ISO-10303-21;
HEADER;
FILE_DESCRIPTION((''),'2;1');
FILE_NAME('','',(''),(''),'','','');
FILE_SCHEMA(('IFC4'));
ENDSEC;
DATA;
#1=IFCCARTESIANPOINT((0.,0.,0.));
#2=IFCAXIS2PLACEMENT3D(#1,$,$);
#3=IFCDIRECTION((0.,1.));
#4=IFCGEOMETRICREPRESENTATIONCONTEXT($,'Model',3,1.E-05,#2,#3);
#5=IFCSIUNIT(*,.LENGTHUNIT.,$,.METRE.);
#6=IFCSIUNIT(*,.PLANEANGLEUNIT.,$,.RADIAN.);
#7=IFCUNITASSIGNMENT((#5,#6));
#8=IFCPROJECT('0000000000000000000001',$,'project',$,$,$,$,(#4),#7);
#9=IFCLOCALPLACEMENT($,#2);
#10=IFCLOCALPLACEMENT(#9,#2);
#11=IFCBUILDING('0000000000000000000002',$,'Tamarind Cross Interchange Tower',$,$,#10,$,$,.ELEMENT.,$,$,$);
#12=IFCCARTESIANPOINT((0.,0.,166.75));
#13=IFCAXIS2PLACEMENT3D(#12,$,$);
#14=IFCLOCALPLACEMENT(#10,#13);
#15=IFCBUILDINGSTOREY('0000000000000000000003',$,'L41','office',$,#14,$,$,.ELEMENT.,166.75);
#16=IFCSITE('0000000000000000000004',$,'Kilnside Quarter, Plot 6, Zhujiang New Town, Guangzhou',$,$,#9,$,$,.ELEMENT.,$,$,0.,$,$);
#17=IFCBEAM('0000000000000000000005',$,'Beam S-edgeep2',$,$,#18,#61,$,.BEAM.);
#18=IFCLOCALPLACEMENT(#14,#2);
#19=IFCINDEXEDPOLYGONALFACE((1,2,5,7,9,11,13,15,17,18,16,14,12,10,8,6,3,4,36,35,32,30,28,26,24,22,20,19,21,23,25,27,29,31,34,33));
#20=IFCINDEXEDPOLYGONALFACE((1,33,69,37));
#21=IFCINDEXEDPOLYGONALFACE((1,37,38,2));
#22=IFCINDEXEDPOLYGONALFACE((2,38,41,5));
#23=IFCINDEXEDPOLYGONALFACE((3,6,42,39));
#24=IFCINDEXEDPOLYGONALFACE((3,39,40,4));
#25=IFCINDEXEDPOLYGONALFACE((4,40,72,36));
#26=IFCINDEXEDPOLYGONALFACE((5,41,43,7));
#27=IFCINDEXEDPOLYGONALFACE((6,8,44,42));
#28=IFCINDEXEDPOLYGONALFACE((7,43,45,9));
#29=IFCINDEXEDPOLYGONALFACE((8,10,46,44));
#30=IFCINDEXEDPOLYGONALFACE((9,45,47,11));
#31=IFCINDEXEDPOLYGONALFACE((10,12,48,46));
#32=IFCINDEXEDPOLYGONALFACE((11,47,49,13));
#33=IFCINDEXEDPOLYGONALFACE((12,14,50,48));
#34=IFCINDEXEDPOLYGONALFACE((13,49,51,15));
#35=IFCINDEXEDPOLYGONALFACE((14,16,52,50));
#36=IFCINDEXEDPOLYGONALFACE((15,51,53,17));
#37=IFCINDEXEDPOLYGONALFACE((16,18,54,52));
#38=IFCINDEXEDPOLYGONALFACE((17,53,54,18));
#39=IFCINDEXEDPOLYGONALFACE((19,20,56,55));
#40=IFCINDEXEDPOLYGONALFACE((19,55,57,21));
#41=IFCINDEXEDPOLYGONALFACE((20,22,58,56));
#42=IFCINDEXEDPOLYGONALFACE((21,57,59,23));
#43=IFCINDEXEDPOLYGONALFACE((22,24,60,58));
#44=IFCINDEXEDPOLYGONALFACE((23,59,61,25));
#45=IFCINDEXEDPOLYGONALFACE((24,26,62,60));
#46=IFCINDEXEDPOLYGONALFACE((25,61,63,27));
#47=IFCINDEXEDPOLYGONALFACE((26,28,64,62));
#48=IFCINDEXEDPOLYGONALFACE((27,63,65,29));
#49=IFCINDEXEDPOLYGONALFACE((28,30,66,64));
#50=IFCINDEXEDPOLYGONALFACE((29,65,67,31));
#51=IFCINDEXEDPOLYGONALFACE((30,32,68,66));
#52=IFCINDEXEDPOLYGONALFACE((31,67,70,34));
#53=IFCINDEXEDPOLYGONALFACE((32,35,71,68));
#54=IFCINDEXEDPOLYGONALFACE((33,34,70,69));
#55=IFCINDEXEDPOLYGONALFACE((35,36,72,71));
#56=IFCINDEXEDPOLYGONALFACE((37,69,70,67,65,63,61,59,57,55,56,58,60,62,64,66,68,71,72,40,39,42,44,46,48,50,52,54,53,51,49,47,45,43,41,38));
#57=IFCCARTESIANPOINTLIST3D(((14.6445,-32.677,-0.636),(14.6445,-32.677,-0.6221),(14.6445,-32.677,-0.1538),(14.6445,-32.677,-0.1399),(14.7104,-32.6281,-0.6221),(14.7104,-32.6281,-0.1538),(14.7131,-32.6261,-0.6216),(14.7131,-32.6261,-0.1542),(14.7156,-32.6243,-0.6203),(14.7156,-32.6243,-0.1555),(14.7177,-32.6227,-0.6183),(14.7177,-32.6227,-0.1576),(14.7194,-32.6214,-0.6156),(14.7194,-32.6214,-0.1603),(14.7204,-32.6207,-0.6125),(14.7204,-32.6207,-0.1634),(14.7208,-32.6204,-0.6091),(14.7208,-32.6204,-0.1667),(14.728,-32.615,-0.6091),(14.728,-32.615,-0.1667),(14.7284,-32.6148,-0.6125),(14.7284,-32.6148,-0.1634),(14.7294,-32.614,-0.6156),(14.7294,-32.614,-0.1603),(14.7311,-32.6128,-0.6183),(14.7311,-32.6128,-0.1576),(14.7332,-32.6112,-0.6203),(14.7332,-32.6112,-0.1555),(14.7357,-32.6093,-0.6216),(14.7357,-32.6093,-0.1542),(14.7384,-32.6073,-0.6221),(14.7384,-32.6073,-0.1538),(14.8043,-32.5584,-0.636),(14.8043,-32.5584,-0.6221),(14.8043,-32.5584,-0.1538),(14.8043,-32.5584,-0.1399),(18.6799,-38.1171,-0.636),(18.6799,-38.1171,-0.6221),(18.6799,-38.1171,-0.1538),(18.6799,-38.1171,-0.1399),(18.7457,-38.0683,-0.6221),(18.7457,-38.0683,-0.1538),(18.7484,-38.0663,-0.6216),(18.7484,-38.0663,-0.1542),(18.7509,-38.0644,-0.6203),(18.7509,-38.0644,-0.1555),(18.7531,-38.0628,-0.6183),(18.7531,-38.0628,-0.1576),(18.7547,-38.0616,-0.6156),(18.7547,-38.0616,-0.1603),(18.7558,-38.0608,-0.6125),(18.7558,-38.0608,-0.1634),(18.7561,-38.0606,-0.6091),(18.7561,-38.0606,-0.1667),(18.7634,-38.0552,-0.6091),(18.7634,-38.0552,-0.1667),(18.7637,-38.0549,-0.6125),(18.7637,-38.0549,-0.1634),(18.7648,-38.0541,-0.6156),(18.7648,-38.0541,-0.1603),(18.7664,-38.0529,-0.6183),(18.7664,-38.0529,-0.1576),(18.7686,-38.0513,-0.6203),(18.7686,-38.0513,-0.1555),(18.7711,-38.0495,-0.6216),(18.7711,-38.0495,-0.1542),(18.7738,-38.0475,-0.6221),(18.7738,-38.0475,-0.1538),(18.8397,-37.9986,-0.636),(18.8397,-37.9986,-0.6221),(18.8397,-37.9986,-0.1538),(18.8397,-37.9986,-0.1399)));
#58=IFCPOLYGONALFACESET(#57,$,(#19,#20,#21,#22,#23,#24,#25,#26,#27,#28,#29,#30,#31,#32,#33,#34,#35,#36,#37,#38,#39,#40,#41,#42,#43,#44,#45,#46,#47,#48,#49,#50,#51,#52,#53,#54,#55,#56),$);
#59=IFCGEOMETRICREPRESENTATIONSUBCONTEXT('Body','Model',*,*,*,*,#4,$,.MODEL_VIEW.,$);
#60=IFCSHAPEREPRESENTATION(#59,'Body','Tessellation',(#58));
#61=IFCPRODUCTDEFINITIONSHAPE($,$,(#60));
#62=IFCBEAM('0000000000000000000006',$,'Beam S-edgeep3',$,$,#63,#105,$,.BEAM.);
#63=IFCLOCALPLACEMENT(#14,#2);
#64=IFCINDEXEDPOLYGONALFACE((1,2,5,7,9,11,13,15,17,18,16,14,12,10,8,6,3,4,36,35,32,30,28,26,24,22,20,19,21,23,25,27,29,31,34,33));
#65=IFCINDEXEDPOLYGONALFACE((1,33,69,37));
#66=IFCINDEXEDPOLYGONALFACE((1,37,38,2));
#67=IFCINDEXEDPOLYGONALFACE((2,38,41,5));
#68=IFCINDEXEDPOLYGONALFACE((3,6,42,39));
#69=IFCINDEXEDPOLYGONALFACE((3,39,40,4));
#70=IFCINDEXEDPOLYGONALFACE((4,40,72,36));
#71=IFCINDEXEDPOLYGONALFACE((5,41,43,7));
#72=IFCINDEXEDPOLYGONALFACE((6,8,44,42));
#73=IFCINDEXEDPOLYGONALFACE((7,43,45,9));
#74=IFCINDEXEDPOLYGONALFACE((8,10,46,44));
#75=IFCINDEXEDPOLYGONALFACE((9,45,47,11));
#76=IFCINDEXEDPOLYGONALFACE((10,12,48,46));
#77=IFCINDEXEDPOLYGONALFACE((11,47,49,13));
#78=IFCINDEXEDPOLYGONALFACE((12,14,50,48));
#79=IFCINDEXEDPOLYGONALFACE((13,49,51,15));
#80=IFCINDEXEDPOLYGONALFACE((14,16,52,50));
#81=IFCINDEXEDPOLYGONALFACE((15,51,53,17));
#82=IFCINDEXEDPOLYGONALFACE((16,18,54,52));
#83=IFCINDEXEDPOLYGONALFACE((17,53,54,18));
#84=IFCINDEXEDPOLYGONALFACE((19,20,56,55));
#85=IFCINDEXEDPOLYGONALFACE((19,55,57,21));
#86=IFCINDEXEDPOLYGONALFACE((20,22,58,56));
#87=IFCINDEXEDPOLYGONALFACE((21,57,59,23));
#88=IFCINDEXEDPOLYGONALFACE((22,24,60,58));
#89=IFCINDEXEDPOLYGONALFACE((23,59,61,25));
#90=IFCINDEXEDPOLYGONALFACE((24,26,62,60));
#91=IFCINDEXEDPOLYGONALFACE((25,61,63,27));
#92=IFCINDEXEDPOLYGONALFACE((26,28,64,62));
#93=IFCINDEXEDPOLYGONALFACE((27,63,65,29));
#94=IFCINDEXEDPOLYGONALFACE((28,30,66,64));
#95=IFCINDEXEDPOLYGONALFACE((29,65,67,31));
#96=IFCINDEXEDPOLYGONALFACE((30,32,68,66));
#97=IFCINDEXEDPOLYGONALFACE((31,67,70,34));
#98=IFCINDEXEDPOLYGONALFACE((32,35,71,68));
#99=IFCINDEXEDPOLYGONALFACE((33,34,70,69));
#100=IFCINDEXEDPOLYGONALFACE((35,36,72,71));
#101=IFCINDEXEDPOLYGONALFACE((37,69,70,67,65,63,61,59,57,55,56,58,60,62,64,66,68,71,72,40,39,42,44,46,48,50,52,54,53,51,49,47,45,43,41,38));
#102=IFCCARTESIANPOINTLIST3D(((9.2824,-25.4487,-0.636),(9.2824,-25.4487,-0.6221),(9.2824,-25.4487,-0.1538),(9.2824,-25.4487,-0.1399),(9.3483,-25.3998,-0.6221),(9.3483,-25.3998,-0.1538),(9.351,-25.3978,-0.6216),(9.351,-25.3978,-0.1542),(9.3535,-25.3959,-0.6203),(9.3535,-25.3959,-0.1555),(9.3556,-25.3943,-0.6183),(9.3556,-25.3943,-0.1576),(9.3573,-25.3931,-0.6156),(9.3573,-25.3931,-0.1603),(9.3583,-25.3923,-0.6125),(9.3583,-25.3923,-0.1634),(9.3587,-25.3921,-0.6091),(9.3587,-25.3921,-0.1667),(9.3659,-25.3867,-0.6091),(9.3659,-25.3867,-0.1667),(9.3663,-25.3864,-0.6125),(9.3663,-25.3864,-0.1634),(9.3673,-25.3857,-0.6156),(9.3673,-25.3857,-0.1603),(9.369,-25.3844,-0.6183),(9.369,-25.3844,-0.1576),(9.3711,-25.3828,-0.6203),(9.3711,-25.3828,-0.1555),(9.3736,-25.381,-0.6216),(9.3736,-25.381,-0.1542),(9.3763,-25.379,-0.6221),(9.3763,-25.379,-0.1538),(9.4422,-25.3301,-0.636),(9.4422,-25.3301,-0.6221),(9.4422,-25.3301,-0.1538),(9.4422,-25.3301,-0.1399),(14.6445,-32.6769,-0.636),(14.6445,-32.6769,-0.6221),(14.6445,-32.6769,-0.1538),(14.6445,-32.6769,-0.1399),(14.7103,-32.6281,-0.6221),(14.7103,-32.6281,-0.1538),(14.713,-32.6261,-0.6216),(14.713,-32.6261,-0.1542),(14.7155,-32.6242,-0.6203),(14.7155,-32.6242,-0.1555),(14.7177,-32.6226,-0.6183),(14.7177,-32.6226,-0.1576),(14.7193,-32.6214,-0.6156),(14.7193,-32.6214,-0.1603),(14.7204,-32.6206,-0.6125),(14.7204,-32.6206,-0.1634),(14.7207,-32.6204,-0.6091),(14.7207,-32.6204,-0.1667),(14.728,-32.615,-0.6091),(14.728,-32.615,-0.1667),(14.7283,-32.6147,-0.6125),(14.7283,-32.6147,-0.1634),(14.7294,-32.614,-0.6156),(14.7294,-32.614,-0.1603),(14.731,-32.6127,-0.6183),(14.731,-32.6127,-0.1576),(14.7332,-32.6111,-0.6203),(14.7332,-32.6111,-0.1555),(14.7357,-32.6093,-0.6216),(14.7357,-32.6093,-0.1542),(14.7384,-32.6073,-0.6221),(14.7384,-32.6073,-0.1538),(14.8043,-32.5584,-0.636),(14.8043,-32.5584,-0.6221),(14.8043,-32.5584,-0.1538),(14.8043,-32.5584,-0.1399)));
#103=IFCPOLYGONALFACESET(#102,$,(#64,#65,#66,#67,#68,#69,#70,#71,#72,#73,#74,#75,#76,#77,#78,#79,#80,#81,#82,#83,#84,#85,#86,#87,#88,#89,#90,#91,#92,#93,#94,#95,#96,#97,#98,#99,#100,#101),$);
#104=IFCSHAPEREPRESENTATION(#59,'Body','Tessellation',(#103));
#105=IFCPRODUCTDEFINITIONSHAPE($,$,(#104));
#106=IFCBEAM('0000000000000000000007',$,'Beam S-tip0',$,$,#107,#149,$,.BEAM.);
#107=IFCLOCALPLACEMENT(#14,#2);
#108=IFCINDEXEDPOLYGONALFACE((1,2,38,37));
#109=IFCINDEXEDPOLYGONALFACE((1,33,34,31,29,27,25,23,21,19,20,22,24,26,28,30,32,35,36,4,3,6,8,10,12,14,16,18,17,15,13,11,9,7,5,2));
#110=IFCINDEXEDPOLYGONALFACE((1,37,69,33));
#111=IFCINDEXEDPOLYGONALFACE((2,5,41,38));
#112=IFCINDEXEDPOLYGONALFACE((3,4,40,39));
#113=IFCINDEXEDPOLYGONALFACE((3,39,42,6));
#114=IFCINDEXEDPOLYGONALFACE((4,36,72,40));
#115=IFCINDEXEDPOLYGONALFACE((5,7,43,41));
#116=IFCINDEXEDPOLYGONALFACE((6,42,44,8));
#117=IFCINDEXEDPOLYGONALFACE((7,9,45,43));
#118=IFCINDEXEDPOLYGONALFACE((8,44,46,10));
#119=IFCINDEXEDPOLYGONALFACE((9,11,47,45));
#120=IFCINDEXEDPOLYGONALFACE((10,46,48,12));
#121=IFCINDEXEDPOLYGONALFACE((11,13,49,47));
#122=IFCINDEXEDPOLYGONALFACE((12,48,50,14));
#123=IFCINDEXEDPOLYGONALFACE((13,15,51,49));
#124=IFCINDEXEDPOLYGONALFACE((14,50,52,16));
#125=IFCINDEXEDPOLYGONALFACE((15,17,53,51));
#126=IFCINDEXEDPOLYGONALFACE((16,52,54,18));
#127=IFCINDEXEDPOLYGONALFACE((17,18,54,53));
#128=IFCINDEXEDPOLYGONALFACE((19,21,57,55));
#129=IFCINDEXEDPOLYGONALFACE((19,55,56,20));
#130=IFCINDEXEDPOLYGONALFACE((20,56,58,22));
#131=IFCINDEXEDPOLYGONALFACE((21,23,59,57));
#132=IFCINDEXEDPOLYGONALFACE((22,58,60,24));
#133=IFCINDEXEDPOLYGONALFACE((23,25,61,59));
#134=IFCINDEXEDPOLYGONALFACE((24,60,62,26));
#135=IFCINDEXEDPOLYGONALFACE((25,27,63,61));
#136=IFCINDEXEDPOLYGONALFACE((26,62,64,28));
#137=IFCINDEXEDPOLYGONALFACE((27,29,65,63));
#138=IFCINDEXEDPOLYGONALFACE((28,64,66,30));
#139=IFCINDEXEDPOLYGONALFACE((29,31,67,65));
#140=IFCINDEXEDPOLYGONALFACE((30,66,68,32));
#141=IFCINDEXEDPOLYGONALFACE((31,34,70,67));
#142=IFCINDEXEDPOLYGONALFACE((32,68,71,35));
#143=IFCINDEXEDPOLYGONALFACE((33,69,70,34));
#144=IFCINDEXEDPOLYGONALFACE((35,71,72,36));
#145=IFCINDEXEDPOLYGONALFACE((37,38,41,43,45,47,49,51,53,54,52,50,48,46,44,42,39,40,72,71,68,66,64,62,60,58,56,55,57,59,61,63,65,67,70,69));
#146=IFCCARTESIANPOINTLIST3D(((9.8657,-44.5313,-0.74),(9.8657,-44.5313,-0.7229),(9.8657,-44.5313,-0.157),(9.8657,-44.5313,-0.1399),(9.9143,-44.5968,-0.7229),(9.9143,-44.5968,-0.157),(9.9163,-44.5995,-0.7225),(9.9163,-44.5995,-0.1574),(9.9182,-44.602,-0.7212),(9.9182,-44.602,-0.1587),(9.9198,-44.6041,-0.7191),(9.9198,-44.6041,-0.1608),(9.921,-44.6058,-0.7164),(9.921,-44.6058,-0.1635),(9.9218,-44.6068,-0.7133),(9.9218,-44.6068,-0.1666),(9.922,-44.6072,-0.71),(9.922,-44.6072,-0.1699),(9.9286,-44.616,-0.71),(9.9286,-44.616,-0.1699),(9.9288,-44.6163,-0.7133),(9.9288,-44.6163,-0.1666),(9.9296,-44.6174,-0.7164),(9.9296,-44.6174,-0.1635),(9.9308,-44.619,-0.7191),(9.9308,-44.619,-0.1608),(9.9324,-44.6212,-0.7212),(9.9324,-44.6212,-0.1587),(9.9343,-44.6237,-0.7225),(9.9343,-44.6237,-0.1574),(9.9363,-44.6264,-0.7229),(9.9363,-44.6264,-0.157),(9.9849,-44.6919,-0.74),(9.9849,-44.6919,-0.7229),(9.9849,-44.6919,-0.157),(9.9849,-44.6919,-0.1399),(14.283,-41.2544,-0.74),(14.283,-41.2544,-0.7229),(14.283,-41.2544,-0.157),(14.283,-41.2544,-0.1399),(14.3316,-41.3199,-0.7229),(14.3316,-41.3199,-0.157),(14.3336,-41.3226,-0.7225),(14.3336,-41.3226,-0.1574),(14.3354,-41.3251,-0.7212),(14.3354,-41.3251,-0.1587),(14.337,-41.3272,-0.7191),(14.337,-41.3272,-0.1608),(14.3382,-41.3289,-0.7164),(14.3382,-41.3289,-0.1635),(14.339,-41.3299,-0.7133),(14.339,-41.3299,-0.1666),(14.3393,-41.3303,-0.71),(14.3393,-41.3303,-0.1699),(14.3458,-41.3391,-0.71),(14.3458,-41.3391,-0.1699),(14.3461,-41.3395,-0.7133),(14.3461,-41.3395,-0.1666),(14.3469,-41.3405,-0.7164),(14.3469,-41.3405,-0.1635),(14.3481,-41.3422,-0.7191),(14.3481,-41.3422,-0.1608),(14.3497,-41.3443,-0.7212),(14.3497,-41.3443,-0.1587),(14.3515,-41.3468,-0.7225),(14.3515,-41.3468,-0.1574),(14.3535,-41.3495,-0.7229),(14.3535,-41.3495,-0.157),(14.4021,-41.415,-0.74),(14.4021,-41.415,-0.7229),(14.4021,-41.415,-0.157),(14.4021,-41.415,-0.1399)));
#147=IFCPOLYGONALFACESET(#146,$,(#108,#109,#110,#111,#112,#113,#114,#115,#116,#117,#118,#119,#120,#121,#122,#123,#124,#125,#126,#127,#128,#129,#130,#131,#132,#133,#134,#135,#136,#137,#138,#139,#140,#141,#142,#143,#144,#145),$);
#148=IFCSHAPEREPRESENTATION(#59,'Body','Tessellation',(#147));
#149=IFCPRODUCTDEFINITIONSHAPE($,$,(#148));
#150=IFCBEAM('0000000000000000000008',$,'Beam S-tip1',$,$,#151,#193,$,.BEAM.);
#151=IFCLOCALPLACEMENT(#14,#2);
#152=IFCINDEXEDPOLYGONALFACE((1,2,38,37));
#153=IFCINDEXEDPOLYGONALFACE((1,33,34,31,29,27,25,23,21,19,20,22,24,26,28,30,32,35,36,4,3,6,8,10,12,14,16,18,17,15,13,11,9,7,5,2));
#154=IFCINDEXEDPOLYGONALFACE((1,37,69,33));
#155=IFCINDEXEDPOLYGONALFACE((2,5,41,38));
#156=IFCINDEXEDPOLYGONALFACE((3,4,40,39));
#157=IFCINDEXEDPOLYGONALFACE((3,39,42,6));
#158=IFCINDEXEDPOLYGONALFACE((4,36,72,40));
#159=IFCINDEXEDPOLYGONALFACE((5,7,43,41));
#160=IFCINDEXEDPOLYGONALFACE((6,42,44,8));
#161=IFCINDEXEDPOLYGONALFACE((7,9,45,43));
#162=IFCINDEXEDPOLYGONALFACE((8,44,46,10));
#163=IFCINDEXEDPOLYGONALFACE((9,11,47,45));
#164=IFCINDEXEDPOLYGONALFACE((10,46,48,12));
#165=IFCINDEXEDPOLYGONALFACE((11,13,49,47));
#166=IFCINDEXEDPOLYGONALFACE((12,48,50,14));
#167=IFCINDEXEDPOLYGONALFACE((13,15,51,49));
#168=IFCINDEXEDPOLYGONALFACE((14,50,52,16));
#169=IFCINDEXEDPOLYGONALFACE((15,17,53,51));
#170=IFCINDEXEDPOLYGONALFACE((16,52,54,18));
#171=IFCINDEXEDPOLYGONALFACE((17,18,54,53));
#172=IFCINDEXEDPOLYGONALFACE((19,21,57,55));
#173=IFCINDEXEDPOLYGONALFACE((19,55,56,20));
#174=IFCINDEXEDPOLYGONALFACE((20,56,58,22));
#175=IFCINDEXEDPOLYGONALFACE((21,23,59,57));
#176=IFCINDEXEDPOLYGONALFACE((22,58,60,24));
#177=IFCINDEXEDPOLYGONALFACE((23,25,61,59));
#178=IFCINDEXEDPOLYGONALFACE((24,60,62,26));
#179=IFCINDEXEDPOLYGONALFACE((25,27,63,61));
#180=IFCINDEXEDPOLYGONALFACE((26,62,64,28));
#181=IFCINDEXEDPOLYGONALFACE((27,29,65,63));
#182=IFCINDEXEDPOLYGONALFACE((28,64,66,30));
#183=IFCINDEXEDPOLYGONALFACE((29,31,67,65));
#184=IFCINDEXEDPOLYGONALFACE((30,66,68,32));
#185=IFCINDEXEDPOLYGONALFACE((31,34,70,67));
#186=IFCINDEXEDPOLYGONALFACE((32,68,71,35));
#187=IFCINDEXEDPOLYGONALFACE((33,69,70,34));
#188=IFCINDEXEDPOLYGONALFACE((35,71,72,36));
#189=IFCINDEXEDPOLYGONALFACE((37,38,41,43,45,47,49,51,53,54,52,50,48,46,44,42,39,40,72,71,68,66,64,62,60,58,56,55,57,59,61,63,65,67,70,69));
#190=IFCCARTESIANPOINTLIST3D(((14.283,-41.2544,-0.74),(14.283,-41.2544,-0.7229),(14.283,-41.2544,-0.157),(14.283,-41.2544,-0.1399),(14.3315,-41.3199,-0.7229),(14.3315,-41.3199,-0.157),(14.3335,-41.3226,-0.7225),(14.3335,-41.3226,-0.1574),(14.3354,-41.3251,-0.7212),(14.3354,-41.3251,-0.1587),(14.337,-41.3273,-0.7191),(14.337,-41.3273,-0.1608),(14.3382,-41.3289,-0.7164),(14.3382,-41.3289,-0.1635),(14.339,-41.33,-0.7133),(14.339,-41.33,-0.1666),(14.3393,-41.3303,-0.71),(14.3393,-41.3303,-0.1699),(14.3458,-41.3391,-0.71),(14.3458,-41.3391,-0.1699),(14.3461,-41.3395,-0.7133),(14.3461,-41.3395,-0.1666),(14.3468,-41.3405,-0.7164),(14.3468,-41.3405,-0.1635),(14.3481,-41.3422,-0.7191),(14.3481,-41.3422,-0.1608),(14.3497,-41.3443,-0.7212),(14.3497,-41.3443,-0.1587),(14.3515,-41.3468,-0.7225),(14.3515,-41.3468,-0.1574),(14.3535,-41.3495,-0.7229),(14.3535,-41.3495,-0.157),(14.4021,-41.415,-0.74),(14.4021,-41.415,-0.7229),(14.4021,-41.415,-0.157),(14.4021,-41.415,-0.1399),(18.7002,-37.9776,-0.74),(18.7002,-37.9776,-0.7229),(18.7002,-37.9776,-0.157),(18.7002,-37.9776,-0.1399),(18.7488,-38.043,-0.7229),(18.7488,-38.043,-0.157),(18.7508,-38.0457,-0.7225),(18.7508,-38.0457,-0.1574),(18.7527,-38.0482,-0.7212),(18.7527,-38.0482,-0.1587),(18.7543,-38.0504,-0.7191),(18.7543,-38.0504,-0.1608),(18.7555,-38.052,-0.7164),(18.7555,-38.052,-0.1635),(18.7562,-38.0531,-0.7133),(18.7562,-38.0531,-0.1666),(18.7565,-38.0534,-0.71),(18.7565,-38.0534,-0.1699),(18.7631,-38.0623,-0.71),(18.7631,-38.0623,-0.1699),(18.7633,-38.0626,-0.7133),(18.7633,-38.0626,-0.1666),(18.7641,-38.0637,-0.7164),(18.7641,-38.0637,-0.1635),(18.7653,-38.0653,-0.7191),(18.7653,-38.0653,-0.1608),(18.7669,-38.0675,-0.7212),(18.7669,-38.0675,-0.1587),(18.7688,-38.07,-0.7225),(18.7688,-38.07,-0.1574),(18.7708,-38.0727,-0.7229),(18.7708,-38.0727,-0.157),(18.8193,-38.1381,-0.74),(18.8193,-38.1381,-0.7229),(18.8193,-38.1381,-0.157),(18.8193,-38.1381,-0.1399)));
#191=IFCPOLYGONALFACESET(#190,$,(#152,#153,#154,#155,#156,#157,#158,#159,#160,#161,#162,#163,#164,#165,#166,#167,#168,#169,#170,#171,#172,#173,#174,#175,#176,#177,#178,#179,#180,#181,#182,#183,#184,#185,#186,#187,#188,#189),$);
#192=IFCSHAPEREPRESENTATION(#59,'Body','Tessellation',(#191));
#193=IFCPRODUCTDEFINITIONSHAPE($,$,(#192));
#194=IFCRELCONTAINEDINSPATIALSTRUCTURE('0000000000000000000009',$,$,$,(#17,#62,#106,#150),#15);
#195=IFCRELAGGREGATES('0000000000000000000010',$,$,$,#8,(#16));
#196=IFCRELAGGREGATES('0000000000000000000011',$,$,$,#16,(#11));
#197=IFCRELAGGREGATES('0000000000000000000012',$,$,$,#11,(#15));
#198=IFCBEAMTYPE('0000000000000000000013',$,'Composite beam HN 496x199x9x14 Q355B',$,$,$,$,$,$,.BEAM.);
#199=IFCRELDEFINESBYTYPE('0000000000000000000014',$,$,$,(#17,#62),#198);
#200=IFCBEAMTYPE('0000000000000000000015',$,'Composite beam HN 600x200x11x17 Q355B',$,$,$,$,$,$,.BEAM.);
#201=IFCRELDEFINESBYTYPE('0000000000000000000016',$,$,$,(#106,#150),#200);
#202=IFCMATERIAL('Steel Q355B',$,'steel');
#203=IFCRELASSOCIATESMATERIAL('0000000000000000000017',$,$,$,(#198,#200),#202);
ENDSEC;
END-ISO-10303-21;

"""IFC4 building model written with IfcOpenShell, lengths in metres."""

from ifc_helpers import new_model, si_unit, direction, frame, origin, origin_2d, place, context, subcontext, project, spatial, i_section, extrude, material, material_profile, profile_set, type_object, element, save


model = new_model("IFC4")

# Units and contexts
model_context = context("Model", 3, precision=1e-05, world=origin(), true_north=direction((0.0, 1.0)))
body_context = subcontext(model_context, "Body", "Model", "MODEL_VIEW")
ifc_project = project(units=[si_unit("LENGTHUNIT", "METRE"), si_unit("PLANEANGLEUNIT", "RADIAN")], contexts=[model_context])

# Site, building, storey
site_placement = place(None, origin())
site = spatial("IfcSite", under=ifc_project, at=site_placement, Name="Kilnside Quarter, Plot 6, Zhujiang New Town, Guangzhou", CompositionType="ELEMENT", RefElevation=0.0)
building_placement = place(site_placement, origin())
building = spatial("IfcBuilding", under=site, at=building_placement, Name="Tamarind Cross Interchange Tower", CompositionType="ELEMENT")
storey_placement = place(building_placement, frame((0.0, 0.0, 166.75)))
storey = spatial("IfcBuildingStorey", under=building, at=storey_placement, Name="L41", Description="office", CompositionType="ELEMENT", Elevation=166.75)

# Beams
ifc_material_1 = material(Name="Steel Q355B", Category="steel")
ifc_material_profile_1 = material_profile(ifc_material_1, i_section(OverallWidth=0.199, OverallDepth=0.4961, WebThickness=0.009, FlangeThickness=0.0139, FilletRadius=0.0129, at=origin_2d()), Name="HN 496x199x9x14")
ifc_profile_set_1 = profile_set([ifc_material_profile_1], Name="Steel Q355B")
beam_type_1 = type_object("IfcBeamType", Name="Composite beam HN 496x199x9x14 Q355B", PredefinedType="BEAM", material=ifc_profile_set_1)
beam_1_placement = place(storey_placement, frame((18.7598, -38.0579, -0.3879), z_axis=(-0.595764, 0.803159, 0.0), x_axis=(-0.803159, -0.595764, 0.0)))
element("IfcBeam", 1, at=beam_1_placement, inside=storey, type_object=beam_type_1, Name="Beam S-edgeep2", PredefinedType="BEAM", context=body_context, shape_type="SweptSolid", body=[
    extrude(i_section(OverallWidth=0.199, OverallDepth=0.4961, WebThickness=0.009, FlangeThickness=0.0139, FilletRadius=0.0129, at=origin_2d()), origin(), (0.0, 0.0, 1.0), 6.7734),
])
beam_2_placement = place(storey_placement, frame((14.7244, -32.6177, -0.3879), z_axis=(-0.595786, 0.803143, 0.0), x_axis=(-0.803143, -0.595786, 0.0)))
element("IfcBeam", 2, at=beam_2_placement, inside=storey, type_object=beam_type_1, Name="Beam S-edgeep3", PredefinedType="BEAM", context=body_context, shape_type="SweptSolid", body=[
    extrude(i_section(OverallWidth=0.199, OverallDepth=0.4961, WebThickness=0.009, FlangeThickness=0.0139, FilletRadius=0.0129, at=origin_2d()), origin(), (0.0, 0.0, 1.0), 9.0),
])
ifc_material_profile_2 = material_profile(ifc_material_1, i_section(OverallWidth=0.2, OverallDepth=0.6001, WebThickness=0.011, FlangeThickness=0.0171, FilletRadius=0.0129, at=origin_2d()), Name="HN 600x200x11x17")
ifc_profile_set_2 = profile_set([ifc_material_profile_2], Name="Steel Q355B")
beam_type_2 = type_object("IfcBeamType", Name="Composite beam HN 600x200x11x17 Q355B", PredefinedType="BEAM", material=ifc_profile_set_2)
for number, where, z_axis, x_axis, name in (
    (3, (9.9253, -44.6116, -0.4399), (0.803137, 0.595794, 0.0), (-0.595794, 0.803137, 0.0), "Beam S-tip0"),
    (4, (14.3425, -41.3347, -0.4399), (0.803137, 0.595794, 0.0), (-0.595794, 0.803137, 0.0), "Beam S-tip1"),
):
    element("IfcBeam", number, at=place(storey_placement, frame(where, z_axis=z_axis, x_axis=x_axis)), inside=storey, type_object=beam_type_2, Name=name, PredefinedType="BEAM", context=body_context, shape_type="SweptSolid", body=[
        extrude(i_section(OverallWidth=0.2, OverallDepth=0.6001, WebThickness=0.011, FlangeThickness=0.0171, FilletRadius=0.0129, at=origin_2d()), origin(), (0.0, 0.0, 1.0), 5.5),
    ])

save(model, "model.ifc")
